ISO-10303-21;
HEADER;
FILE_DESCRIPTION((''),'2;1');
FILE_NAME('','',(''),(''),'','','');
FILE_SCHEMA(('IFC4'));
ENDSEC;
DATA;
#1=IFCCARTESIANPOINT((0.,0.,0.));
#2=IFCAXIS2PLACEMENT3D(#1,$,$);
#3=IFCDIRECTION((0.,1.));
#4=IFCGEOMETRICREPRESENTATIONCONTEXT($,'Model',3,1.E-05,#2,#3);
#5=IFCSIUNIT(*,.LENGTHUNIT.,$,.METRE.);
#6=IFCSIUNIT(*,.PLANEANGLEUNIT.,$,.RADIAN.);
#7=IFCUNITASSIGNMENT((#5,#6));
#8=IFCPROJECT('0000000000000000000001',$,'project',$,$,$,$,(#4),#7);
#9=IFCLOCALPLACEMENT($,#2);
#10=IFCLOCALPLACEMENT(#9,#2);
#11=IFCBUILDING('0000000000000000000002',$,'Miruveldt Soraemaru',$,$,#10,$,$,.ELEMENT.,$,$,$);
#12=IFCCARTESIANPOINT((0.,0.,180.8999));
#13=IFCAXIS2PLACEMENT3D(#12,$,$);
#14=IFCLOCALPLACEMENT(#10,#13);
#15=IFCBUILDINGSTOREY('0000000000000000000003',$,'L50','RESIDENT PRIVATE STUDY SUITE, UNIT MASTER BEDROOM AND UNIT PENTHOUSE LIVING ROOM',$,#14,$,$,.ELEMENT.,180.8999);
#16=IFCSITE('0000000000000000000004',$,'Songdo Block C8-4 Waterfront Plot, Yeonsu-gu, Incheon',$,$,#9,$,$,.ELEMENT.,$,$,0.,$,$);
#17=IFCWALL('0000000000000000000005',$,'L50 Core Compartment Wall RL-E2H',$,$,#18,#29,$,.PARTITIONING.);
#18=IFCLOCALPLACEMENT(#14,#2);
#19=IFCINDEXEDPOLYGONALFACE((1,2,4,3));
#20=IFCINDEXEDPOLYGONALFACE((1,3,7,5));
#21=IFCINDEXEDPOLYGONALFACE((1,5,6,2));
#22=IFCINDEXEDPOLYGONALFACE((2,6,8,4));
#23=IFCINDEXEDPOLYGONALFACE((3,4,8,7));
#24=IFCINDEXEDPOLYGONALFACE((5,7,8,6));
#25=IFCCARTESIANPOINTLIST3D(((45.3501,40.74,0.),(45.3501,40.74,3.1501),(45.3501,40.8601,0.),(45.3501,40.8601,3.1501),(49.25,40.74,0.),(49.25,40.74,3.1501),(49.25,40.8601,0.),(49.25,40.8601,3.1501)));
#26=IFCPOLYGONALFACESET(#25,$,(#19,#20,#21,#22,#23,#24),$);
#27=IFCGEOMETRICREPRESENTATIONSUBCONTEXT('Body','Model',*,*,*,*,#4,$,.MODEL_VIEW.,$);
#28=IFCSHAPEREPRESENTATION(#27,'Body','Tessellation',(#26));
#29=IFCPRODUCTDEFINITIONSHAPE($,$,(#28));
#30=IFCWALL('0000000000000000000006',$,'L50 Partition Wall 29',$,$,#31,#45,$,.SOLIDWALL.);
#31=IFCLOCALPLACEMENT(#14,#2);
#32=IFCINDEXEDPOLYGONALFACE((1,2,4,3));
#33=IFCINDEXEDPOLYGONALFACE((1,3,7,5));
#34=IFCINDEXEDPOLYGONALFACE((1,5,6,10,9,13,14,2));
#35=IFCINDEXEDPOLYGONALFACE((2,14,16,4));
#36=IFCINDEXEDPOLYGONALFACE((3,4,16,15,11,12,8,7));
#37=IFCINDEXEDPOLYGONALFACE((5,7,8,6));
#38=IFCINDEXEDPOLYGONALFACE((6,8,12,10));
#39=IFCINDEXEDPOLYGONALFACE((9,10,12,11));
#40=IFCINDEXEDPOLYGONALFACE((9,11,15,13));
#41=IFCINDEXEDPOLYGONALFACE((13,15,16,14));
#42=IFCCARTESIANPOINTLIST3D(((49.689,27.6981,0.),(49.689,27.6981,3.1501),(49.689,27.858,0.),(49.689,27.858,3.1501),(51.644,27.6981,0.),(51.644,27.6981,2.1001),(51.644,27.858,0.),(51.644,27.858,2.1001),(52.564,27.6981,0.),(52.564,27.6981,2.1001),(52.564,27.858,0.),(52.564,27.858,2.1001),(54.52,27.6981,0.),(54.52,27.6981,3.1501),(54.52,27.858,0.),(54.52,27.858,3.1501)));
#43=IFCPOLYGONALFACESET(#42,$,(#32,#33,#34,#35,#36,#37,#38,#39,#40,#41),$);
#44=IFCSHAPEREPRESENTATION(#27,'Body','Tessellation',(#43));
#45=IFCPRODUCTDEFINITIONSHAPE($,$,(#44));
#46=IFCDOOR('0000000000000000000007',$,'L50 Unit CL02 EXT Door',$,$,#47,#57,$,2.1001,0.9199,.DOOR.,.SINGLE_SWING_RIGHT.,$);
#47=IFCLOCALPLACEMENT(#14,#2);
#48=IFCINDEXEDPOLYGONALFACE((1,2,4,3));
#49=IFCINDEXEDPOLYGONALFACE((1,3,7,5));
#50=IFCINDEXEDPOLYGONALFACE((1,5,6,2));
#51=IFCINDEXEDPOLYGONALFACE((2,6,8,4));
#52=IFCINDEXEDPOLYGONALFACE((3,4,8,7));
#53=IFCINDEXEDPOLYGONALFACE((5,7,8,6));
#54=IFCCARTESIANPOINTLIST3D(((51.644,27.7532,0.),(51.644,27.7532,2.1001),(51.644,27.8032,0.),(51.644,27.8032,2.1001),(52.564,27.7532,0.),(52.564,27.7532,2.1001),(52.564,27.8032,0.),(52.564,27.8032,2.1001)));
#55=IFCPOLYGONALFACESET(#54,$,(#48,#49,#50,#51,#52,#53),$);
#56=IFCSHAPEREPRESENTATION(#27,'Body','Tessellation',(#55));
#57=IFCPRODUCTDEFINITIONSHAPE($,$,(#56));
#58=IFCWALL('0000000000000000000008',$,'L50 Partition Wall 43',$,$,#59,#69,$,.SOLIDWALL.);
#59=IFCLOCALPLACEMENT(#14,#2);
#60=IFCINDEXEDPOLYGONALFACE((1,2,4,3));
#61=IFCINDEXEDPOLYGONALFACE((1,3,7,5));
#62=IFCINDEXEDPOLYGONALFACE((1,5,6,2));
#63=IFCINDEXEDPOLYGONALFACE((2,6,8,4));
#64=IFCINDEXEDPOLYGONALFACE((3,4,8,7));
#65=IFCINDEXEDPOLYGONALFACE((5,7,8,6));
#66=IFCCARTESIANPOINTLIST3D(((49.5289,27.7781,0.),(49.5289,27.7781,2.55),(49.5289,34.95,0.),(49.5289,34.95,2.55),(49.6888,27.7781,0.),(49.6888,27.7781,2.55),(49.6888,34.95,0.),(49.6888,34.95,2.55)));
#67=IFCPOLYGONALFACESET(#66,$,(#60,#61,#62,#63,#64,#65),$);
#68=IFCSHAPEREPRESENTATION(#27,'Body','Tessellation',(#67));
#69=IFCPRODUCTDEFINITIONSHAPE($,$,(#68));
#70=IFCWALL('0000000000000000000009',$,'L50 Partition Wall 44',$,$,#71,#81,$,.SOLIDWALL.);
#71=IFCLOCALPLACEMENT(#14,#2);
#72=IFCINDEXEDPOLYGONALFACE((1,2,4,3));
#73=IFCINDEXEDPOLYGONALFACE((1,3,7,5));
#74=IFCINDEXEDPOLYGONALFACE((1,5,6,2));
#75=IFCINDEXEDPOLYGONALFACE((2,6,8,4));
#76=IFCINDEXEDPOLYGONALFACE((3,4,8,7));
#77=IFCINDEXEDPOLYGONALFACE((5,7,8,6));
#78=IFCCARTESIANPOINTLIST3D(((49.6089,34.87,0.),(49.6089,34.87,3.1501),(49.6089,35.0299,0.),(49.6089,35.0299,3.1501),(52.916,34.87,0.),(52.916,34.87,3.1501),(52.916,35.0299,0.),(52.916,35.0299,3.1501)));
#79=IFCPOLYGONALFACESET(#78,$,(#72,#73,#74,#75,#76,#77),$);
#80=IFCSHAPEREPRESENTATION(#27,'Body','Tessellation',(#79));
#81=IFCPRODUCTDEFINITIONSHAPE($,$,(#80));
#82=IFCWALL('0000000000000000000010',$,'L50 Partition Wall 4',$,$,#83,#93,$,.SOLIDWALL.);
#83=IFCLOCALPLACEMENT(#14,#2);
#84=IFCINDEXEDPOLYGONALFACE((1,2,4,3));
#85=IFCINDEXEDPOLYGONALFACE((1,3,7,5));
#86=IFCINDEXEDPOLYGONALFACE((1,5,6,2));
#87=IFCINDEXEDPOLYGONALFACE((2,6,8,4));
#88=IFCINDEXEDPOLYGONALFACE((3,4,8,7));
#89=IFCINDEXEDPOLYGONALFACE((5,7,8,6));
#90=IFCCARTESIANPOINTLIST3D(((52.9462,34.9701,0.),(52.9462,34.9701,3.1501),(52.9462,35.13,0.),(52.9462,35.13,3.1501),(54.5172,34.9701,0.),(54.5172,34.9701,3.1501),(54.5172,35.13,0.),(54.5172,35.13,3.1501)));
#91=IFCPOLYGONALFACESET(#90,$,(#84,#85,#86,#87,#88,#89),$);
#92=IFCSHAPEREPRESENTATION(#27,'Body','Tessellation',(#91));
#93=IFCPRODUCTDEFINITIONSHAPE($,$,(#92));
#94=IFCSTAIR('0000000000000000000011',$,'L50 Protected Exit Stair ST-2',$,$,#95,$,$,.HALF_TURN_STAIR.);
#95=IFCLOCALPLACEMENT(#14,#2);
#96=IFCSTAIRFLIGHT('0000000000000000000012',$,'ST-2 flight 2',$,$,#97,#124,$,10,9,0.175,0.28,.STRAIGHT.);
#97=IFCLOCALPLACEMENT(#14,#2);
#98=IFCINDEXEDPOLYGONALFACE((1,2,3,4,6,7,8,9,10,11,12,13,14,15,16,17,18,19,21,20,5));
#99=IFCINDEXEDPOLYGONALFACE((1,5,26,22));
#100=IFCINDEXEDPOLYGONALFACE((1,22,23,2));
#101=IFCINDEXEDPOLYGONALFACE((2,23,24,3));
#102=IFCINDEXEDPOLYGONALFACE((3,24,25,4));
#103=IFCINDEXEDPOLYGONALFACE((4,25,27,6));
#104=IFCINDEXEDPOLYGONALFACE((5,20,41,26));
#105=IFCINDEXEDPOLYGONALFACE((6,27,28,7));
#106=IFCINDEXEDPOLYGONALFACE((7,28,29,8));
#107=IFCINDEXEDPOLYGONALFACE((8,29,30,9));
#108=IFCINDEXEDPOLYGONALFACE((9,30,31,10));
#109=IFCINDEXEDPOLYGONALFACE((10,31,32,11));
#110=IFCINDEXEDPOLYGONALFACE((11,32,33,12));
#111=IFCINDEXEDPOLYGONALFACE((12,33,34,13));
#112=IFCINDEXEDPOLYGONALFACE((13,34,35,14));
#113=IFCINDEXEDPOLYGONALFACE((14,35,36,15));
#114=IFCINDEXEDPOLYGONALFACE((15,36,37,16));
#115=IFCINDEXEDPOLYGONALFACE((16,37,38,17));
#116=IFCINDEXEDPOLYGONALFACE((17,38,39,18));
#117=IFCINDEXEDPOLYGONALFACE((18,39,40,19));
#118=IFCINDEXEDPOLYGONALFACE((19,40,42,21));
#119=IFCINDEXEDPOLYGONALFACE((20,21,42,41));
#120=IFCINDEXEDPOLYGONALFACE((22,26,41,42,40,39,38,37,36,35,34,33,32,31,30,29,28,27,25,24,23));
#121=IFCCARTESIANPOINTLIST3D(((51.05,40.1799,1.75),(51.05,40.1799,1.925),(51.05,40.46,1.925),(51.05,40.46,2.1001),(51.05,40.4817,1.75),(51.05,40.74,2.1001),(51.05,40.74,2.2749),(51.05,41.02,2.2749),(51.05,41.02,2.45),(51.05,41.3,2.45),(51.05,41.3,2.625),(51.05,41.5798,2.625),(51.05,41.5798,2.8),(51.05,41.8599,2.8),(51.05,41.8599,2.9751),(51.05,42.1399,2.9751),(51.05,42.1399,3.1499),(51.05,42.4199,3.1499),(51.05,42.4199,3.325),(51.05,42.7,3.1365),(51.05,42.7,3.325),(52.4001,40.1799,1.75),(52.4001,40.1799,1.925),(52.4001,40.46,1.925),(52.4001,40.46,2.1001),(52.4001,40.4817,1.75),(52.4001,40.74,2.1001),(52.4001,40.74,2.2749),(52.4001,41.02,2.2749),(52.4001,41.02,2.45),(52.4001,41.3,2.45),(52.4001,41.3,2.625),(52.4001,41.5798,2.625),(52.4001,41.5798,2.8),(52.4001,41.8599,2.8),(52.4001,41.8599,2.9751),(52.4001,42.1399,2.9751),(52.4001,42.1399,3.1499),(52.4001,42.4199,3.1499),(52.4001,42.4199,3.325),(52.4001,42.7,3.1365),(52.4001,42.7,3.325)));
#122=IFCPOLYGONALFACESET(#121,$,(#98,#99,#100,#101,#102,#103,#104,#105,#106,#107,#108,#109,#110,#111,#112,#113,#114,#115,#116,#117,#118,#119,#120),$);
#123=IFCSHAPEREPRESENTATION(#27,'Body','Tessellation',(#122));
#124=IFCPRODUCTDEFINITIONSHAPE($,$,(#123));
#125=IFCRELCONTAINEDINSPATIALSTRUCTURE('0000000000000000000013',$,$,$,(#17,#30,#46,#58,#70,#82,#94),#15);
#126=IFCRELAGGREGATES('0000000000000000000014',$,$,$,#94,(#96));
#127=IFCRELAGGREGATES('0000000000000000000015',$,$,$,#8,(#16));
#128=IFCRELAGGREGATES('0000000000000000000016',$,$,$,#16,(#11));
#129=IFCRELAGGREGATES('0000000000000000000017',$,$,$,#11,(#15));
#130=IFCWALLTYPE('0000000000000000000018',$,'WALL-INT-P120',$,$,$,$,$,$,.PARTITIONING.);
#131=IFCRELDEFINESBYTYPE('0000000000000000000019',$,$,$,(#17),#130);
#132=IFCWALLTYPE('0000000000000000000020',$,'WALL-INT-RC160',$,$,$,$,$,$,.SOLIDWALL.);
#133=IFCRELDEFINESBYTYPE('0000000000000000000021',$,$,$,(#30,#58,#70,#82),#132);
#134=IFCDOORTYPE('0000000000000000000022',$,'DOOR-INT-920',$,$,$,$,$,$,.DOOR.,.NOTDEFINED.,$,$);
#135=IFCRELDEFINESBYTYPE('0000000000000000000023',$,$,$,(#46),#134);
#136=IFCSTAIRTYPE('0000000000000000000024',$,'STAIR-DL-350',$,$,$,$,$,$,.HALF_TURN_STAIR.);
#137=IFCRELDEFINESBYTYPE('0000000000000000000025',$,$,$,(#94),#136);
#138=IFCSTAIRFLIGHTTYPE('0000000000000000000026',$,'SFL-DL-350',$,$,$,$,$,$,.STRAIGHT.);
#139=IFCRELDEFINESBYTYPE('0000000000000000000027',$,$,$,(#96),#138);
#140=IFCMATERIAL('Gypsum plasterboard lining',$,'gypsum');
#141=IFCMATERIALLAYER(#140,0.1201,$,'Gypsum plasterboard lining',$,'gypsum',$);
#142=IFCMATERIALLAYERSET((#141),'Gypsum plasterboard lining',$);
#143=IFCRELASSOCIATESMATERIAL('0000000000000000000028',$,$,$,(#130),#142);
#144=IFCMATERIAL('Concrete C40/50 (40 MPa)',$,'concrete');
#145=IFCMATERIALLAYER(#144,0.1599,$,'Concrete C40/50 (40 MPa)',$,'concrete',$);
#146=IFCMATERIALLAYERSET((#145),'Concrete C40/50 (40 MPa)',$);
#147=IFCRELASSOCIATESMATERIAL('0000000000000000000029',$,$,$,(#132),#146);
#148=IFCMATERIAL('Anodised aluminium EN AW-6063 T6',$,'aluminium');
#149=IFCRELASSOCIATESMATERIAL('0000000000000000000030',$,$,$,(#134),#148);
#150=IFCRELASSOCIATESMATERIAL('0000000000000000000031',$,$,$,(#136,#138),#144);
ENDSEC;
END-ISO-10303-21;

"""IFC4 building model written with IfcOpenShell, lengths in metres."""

from ifc_helpers import new_model, si_unit, direction, frame, frame_2d, origin, place, context, subcontext, project, spatial, polyline, rectangle, outline, extrude, material, layer, layer_set, type_object, element, fill, aggregate, save


model = new_model("IFC4")

# Units and contexts
model_context = context("Model", 3, precision=1e-05, world=origin(), true_north=direction((0.0, 1.0)))
body_context = subcontext(model_context, "Body", "Model", "MODEL_VIEW")
ifc_project = project(units=[si_unit("LENGTHUNIT", "METRE"), si_unit("PLANEANGLEUNIT", "RADIAN")], contexts=[model_context])

# Site, building, storey
site_placement = place(None, origin())
site = spatial("IfcSite", under=ifc_project, at=site_placement, Name="Songdo Block C8-4 Waterfront Plot, Yeonsu-gu, Incheon", CompositionType="ELEMENT", RefElevation=0.0)
building_placement = place(site_placement, origin())
building = spatial("IfcBuilding", under=site, at=building_placement, Name="Miruveldt Soraemaru", CompositionType="ELEMENT")
storey_placement = place(building_placement, frame((0.0, 0.0, 180.8999)))
storey = spatial("IfcBuildingStorey", under=building, at=storey_placement, Name="L50", Description="RESIDENT PRIVATE STUDY SUITE, UNIT MASTER BEDROOM AND UNIT PENTHOUSE LIVING ROOM", CompositionType="ELEMENT", Elevation=180.8999)

# Shared definitions
ifc_material_1 = material(Name="Gypsum plasterboard lining", Category="gypsum")
ifc_layer_1 = layer(ifc_material_1, 0.1201, Name="Gypsum plasterboard lining", Category="gypsum")
ifc_layer_set_1 = layer_set([ifc_layer_1], Name="Gypsum plasterboard lining")
wall_type_1 = type_object("IfcWallType", Name="WALL-INT-P120", PredefinedType="PARTITIONING", material=ifc_layer_set_1)
ifc_material_2 = material(Name="Anodised aluminium EN AW-6063 T6", Category="aluminium")

# Wall
wall_1_placement = place(storey_placement, frame((45.3501, 40.8, 0.0), z_axis=(0.0, 0.0, 1.0), x_axis=(1.0, 0.0, 0.0)))
element("IfcWall", 1, at=wall_1_placement, inside=storey, type_object=wall_type_1, Name="L50 Core Compartment Wall RL-E2H", PredefinedType="PARTITIONING", context=body_context, shape_type="SweptSolid", body=[
    extrude(rectangle(XDim=3.8999, YDim=0.1201, at=frame_2d((1.95, 0.0))), origin(), (0.0, 0.0, 1.0), 3.1501),
])

# Wall, opening, door
ifc_material_3 = material(Name="Concrete C40/50 (40 MPa)", Category="concrete")
ifc_layer_2 = layer(ifc_material_3, 0.1599, Name="Concrete C40/50 (40 MPa)", Category="concrete")
ifc_layer_set_2 = layer_set([ifc_layer_2], Name="Concrete C40/50 (40 MPa)")
wall_type_2 = type_object("IfcWallType", Name="WALL-INT-RC160", PredefinedType="SOLIDWALL", material=ifc_layer_set_2)
wall_2_placement = place(storey_placement, frame((54.52, 27.7781, 0.0), z_axis=(0.0, 0.0, 1.0), x_axis=(-1.0, 0.0, 0.0)))
wall_2 = element("IfcWall", 2, at=wall_2_placement, inside=storey, type_object=wall_type_2, Name="L50 Partition Wall 29", PredefinedType="SOLIDWALL", context=body_context, shape_type="SweptSolid", body=[
    extrude(rectangle(XDim=4.8311, YDim=0.1599, at=frame_2d((2.4155, 0.0))), origin(), (0.0, 0.0, 1.0), 3.1501),
])
opening_1_placement = place(wall_2_placement, frame((1.9561, 0.0, 0.0)))
opening_1 = element("IfcOpeningElement", 3, at=opening_1_placement, cuts=wall_2, PredefinedType="OPENING", context=body_context, shape_type="SweptSolid", body=[
    extrude(rectangle(XDim=0.9199, YDim=2.1001, at=frame_2d((0.46, 1.05))), frame((0.0, 0.0898, 0.0), z_axis=(0.0, -1.0, 0.0), x_axis=(1.0, 0.0, 0.0)), (0.0, 0.0, 1.0), 0.1799),
])
door_type_1 = type_object("IfcDoorType", Name="DOOR-INT-920", OperationType="NOTDEFINED", PredefinedType="DOOR", material=ifc_material_2)
door_1_placement = place(opening_1_placement, origin())
door_1 = element("IfcDoor", 4, at=door_1_placement, inside=storey, type_object=door_type_1, Name="L50 Unit CL02 EXT Door", OperationType="SINGLE_SWING_RIGHT", OverallHeight=2.1001, OverallWidth=0.9199, PredefinedType="DOOR", context=body_context, shape_type="SweptSolid", body=[
    extrude(rectangle(XDim=0.9199, YDim=2.1001, at=frame_2d((0.46, 1.05))), frame((0.0, 0.0249, 0.0), z_axis=(0.0, -1.0, 0.0), x_axis=(1.0, 0.0, 0.0)), (0.0, 0.0, 1.0), 0.05),
])
fill(opening_1, door_1)

# Walls
wall_3_placement = place(storey_placement, frame((49.6089, 27.7781, 0.0), z_axis=(0.0, 0.0, 1.0), x_axis=(0.0, 1.0, 0.0)))
element("IfcWall", 5, at=wall_3_placement, inside=storey, type_object=wall_type_2, Name="L50 Partition Wall 43", PredefinedType="SOLIDWALL", context=body_context, shape_type="SweptSolid", body=[
    extrude(rectangle(XDim=7.1719, YDim=0.1599, at=frame_2d((3.5859, 0.0))), origin(), (0.0, 0.0, 1.0), 2.55),
])
wall_4_placement = place(storey_placement, frame((49.6089, 34.95, 0.0), z_axis=(0.0, 0.0, 1.0), x_axis=(1.0, 0.0, 0.0)))
element("IfcWall", 6, at=wall_4_placement, inside=storey, type_object=wall_type_2, Name="L50 Partition Wall 44", PredefinedType="SOLIDWALL", context=body_context, shape_type="SweptSolid", body=[
    extrude(rectangle(XDim=3.3071, YDim=0.1599, at=frame_2d((1.6536, 0.0))), origin(), (0.0, 0.0, 1.0), 3.1501),
])
wall_5_placement = place(storey_placement, frame((52.946, 35.05, 0.0), z_axis=(0.0, 0.0, 1.0), x_axis=(1.0, 0.0, 0.0)))
element("IfcWall", 7, at=wall_5_placement, inside=storey, type_object=wall_type_2, Name="L50 Partition Wall 4", PredefinedType="SOLIDWALL", context=body_context, shape_type="SweptSolid", body=[
    extrude(rectangle(XDim=1.571, YDim=0.1599, at=frame_2d((0.7856, 0.0))), origin(), (0.0, 0.0, 1.0), 3.1501),
])

# Stair, stair flight
stair_type = type_object("IfcStairType", Name="STAIR-DL-350", PredefinedType="HALF_TURN_STAIR", material=ifc_material_3)
stair_placement = place(storey_placement, origin())
stair = element("IfcStair", 8, at=stair_placement, inside=storey, type_object=stair_type, Name="L50 Protected Exit Stair ST-2", PredefinedType="HALF_TURN_STAIR")
stair_flight_type = type_object("IfcStairFlightType", Name="SFL-DL-350", PredefinedType="STRAIGHT", material=ifc_material_3)
stair_flight_placement = place(storey_placement, frame((51.7251, 40.1799, 1.75), z_axis=(0.0, 0.0, 1.0), x_axis=(0.0, 1.0, 0.0)))
stair_flight = element("IfcStairFlight", 9, at=stair_flight_placement, type_object=stair_flight_type, Name="ST-2 flight 2", NumberOfRisers=10, NumberOfTreads=9, PredefinedType="STRAIGHT", RiserHeight=0.175, TreadLength=0.28, context=body_context, shape_type="SweptSolid", body=[
    extrude(outline(polyline([(0.0, 0.0), (0.0, 0.175), (0.28, 0.175), (0.28, 0.3501), (0.5601, 0.3501), (0.5601, 0.5249), (0.8401, 0.5249), (0.8401, 0.7), (1.1201, 0.7), (1.1201, 0.875), (1.3999, 0.875), (1.3999, 1.05), (1.6799, 1.05), (1.6799, 1.2251), (1.96, 1.2251), (1.96, 1.3999), (2.24, 1.3999), (2.24, 1.575), (2.52, 1.575), (2.52, 1.75), (2.52, 1.3865), (0.3018, 0.0), (0.0, 0.0)])), frame((0.0, 0.675, 0.0), z_axis=(0.0, -1.0, 0.0), x_axis=(1.0, 0.0, 0.0)), (0.0, 0.0, 1.0), 1.3501),
])
aggregate(stair, [stair_flight])

save(model, "model.ifc")
